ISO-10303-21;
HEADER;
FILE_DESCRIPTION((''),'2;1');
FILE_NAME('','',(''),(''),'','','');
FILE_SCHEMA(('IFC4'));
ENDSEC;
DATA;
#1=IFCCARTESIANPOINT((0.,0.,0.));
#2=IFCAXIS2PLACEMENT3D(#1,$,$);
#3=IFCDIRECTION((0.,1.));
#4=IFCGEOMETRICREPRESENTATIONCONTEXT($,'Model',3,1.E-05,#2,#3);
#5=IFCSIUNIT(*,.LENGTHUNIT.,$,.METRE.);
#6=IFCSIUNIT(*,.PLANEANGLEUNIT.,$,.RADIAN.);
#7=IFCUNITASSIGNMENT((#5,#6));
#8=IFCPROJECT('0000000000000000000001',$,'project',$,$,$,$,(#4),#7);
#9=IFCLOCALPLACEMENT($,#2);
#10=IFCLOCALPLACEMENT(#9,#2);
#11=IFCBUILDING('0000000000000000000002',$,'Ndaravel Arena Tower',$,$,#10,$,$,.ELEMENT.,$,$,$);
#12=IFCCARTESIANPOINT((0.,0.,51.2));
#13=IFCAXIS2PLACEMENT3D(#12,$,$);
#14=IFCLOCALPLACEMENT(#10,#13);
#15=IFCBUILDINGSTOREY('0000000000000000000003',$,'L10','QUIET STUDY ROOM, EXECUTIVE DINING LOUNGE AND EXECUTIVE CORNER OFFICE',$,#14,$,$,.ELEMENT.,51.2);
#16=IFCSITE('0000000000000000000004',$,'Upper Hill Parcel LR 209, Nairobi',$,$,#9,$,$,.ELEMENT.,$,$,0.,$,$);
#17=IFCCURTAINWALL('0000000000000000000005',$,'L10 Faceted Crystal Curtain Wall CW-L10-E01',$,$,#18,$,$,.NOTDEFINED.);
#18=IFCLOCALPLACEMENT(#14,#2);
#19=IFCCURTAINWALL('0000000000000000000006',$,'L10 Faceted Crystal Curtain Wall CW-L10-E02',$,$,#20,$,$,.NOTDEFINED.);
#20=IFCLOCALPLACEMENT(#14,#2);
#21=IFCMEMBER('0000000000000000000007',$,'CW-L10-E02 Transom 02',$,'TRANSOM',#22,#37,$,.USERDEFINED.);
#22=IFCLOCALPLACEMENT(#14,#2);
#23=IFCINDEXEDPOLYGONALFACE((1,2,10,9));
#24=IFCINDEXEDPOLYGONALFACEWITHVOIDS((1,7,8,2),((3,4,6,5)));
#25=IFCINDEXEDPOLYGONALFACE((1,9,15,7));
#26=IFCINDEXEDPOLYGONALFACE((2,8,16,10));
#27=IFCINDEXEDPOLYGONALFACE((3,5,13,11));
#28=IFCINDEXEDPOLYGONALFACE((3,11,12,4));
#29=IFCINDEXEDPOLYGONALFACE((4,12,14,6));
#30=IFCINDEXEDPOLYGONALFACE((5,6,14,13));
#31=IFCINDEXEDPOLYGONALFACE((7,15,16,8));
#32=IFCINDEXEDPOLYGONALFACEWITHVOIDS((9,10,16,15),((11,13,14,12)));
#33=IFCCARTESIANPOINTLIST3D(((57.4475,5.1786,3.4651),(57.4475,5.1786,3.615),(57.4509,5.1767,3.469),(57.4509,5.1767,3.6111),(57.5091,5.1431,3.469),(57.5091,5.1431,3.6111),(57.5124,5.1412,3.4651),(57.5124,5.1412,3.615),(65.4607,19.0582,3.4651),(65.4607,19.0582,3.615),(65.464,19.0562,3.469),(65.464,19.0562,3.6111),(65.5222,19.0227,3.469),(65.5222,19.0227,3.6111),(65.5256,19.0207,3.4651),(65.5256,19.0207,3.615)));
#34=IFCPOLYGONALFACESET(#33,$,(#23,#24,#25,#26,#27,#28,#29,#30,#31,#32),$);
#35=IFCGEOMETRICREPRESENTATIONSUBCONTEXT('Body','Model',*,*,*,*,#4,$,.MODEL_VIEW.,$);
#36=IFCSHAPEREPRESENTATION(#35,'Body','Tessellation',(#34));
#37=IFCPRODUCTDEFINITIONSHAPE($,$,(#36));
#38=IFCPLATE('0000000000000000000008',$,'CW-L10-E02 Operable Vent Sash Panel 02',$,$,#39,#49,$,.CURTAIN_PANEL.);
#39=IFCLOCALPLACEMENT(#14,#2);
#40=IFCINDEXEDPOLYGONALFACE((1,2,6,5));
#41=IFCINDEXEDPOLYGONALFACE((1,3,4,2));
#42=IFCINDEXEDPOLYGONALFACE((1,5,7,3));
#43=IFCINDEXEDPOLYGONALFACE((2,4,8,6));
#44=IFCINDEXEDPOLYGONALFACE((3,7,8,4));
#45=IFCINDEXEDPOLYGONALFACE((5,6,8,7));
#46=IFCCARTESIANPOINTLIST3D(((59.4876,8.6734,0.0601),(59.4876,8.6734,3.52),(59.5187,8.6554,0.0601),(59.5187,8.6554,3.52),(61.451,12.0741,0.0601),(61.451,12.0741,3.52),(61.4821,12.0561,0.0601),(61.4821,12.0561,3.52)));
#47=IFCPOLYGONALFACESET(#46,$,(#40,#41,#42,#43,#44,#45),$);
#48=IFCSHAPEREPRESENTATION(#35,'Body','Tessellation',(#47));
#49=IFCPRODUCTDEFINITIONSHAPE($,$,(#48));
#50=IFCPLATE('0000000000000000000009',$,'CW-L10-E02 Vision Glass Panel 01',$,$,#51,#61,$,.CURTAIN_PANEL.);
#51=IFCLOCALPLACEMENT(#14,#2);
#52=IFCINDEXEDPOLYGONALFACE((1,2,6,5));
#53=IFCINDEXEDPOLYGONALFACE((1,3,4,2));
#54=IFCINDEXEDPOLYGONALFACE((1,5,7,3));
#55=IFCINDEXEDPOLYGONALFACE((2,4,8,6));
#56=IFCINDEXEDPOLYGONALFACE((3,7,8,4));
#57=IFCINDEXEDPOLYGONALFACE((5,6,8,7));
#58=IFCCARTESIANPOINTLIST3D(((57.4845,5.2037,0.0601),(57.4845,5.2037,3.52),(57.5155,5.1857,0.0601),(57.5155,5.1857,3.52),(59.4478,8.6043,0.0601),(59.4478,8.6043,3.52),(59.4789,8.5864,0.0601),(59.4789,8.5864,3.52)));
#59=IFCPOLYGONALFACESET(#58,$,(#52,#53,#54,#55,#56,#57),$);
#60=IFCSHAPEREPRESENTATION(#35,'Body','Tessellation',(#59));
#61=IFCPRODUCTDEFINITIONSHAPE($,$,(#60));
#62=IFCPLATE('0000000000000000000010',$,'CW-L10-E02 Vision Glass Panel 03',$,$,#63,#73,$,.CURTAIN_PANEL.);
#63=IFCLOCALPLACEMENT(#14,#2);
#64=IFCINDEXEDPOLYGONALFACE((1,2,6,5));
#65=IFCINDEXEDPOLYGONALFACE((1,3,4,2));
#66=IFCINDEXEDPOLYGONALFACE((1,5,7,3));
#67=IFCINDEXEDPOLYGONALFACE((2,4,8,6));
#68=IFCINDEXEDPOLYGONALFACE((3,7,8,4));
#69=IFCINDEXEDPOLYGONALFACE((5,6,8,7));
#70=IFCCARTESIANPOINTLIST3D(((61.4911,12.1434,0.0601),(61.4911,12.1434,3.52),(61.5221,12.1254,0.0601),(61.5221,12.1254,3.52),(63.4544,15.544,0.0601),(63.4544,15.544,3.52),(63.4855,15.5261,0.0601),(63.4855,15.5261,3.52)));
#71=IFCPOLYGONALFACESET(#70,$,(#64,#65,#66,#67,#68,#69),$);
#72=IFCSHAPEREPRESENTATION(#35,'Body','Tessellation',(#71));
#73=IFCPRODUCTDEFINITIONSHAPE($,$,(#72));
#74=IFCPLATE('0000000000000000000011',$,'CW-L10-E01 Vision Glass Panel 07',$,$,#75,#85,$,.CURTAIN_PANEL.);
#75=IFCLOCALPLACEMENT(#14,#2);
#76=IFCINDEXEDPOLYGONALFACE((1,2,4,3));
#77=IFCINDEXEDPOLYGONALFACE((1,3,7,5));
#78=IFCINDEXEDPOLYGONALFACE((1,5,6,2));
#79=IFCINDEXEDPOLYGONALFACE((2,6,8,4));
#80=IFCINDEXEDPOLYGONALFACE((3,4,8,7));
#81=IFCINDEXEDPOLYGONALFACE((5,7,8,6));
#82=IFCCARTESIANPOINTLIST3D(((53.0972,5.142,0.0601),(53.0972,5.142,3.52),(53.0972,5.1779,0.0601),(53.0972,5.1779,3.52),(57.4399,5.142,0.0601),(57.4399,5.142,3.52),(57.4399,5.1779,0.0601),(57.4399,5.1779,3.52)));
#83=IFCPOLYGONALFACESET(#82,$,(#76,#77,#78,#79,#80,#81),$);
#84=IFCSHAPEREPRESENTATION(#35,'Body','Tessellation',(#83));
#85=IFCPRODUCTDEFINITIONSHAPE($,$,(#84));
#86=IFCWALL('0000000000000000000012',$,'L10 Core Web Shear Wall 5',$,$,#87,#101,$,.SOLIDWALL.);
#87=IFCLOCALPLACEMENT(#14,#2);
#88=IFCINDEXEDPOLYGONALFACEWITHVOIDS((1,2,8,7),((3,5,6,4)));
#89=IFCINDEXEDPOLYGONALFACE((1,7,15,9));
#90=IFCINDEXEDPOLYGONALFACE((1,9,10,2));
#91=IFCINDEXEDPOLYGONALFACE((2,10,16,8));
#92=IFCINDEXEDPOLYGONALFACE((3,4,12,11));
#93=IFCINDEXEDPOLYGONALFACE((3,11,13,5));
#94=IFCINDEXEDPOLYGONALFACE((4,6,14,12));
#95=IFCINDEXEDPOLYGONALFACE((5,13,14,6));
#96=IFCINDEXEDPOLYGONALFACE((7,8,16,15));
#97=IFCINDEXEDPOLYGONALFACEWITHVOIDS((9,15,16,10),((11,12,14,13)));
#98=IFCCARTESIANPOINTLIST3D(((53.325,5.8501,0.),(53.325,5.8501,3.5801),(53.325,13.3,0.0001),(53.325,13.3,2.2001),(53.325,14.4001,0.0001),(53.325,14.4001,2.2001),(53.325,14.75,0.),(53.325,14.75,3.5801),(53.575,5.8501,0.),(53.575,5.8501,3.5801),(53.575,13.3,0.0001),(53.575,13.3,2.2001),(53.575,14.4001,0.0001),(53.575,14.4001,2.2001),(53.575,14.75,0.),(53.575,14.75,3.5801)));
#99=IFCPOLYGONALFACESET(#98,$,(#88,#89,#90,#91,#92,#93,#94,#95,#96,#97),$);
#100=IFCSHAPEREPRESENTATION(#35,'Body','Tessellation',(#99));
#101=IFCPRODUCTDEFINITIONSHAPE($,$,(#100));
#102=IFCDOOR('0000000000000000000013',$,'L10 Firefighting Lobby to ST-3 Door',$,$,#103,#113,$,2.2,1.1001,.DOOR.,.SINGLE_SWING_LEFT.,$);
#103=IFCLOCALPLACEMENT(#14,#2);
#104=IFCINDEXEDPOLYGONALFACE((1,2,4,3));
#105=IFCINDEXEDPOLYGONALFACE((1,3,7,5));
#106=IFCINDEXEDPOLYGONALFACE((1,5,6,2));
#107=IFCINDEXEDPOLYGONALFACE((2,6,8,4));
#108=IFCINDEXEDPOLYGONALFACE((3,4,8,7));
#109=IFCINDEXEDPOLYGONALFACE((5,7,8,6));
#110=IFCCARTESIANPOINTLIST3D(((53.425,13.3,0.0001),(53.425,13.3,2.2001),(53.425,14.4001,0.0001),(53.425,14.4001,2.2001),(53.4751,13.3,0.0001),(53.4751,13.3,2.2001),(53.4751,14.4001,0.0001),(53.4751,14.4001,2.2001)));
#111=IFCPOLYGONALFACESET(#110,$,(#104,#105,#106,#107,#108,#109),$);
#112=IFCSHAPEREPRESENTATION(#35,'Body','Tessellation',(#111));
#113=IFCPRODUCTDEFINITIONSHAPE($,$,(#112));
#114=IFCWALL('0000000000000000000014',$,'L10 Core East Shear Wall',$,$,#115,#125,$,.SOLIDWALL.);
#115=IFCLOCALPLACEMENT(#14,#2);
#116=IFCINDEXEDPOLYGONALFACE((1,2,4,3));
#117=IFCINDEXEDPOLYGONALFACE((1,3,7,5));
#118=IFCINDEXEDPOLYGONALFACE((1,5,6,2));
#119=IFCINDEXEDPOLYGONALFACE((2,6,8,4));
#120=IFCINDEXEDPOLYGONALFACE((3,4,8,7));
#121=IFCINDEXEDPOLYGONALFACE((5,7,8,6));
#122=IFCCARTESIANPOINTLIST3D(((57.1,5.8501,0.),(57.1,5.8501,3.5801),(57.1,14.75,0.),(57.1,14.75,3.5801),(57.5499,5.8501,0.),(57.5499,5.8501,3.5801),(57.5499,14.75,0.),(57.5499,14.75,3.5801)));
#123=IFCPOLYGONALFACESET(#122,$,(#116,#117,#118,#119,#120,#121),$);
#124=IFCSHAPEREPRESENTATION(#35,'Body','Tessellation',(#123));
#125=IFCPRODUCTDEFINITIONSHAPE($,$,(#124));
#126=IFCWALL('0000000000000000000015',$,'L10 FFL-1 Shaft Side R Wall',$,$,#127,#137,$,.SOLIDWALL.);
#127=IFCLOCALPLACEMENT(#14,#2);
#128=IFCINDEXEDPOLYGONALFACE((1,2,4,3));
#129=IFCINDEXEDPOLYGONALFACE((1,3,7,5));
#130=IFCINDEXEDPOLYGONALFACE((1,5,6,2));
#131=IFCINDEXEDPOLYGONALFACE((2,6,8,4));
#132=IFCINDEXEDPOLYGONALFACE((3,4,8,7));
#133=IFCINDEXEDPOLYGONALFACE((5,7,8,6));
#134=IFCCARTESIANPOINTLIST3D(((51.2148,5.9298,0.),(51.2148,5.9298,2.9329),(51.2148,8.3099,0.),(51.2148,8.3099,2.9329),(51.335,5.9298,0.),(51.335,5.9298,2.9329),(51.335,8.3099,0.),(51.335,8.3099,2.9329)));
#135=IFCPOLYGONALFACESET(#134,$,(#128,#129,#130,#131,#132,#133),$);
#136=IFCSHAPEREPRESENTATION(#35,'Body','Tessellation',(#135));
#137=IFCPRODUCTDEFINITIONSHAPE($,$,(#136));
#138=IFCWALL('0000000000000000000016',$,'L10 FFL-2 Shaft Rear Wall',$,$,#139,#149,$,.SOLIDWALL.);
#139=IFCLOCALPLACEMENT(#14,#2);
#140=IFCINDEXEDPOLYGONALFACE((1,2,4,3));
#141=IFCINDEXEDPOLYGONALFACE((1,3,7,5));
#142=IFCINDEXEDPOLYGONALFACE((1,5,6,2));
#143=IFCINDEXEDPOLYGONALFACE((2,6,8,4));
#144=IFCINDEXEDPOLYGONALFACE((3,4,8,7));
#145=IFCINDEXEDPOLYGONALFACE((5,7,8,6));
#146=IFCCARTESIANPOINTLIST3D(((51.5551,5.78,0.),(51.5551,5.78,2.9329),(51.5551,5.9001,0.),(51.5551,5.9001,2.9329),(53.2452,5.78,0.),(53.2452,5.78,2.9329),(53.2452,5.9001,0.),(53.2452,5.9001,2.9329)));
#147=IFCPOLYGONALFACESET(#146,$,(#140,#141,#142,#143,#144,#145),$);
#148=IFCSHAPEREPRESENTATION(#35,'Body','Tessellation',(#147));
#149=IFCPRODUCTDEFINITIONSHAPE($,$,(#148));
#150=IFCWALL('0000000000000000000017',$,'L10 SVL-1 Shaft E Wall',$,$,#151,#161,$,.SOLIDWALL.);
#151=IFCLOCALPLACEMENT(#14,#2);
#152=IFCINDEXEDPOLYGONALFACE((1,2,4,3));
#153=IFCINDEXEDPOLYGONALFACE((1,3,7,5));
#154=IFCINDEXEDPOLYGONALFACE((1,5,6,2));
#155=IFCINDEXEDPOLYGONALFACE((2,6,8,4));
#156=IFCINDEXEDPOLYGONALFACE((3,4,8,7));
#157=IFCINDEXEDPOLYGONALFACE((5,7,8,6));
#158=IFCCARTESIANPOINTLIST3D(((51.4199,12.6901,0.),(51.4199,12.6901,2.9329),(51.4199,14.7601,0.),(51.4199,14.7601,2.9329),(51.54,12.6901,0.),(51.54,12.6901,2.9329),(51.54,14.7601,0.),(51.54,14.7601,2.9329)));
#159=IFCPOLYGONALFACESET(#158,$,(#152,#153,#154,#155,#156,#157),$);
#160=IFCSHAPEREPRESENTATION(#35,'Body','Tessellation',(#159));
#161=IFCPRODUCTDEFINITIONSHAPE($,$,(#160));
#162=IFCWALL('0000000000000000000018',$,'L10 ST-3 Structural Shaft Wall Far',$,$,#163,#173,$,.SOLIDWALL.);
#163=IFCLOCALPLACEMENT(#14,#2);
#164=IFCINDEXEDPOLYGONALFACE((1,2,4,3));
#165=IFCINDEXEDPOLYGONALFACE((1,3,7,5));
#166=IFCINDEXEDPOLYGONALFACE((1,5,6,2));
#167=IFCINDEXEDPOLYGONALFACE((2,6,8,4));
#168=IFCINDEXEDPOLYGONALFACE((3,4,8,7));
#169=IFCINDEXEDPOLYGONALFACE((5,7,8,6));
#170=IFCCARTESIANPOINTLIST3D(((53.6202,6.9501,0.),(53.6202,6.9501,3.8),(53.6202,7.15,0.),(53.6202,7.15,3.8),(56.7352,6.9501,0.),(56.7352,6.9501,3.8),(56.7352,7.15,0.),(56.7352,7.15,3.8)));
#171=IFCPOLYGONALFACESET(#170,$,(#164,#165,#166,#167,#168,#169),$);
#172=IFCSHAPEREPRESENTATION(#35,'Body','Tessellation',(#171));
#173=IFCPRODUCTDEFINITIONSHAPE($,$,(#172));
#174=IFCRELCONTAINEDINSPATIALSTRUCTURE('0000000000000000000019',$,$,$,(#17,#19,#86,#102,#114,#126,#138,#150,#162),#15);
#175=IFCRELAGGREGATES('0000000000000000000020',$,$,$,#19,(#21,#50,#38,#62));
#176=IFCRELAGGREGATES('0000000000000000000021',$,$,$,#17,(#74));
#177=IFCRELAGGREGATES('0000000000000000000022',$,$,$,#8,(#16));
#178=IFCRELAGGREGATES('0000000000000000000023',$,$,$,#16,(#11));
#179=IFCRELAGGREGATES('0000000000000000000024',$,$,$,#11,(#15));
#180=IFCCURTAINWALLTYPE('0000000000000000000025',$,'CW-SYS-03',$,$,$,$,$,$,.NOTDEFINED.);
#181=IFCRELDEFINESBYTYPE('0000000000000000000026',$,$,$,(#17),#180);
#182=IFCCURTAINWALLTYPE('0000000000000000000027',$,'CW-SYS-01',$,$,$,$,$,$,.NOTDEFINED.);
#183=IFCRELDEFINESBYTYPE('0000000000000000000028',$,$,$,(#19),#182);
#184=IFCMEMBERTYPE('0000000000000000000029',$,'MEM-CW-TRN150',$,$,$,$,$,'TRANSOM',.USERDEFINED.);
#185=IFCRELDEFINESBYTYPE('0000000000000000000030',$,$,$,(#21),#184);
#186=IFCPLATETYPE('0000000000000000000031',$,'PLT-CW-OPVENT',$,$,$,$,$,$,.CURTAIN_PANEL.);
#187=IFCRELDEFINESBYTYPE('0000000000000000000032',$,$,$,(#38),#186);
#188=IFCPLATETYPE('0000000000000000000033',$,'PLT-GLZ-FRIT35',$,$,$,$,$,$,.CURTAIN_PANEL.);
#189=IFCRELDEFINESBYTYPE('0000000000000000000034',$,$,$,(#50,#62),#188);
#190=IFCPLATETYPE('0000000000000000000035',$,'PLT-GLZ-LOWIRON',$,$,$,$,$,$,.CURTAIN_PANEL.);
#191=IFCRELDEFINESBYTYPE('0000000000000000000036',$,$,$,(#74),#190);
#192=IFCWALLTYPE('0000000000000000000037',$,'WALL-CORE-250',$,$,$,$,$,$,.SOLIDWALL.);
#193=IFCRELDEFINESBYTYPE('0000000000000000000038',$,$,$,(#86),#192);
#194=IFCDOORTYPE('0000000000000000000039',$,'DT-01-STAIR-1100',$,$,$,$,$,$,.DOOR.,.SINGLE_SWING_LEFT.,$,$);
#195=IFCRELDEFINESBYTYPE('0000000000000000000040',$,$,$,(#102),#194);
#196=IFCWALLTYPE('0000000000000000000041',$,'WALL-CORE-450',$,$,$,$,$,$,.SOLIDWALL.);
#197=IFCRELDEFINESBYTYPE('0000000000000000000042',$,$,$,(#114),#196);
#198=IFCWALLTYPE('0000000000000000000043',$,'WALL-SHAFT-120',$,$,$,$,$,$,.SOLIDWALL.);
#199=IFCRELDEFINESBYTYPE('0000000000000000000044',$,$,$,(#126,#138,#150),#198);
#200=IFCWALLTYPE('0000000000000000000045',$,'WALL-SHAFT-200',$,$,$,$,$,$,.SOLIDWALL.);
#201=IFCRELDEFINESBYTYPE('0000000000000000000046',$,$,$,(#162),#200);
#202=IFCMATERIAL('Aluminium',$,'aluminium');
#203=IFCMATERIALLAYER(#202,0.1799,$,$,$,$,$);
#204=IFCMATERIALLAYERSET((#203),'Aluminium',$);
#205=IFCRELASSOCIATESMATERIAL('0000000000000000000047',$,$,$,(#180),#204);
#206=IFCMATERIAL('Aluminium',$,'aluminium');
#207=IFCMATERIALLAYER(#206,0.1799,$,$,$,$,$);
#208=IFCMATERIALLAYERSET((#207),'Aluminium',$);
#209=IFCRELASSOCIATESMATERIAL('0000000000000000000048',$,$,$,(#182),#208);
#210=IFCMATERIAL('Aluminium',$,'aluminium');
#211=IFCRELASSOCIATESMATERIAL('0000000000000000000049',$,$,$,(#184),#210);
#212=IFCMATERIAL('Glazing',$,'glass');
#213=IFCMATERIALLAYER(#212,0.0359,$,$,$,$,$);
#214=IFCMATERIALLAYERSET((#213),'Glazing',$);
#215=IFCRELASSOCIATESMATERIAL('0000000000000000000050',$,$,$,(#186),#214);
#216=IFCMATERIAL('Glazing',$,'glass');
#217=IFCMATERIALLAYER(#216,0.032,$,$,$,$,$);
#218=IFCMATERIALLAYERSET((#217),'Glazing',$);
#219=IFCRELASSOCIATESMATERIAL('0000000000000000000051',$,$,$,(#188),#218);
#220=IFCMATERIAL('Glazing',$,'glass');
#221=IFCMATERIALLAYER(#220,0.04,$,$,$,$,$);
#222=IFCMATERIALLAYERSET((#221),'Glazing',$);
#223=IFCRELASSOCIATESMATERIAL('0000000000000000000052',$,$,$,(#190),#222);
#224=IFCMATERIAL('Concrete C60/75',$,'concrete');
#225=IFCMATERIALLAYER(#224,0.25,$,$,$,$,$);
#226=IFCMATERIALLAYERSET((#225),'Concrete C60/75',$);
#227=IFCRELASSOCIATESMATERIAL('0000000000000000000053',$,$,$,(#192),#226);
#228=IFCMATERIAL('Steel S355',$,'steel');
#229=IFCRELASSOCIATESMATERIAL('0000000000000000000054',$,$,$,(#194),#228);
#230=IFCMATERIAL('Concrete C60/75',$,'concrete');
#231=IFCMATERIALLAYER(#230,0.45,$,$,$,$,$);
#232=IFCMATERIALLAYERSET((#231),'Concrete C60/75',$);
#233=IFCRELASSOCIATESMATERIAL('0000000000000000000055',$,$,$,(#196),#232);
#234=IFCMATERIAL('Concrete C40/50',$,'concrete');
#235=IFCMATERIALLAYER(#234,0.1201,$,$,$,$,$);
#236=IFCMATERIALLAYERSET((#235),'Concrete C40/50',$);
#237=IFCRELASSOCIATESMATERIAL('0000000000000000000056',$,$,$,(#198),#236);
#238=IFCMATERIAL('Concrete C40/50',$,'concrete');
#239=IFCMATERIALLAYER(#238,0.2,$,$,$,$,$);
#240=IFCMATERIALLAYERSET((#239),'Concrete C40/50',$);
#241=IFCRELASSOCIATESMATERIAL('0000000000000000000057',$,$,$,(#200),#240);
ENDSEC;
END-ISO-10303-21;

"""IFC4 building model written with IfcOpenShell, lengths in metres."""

from ifc_helpers import new_model, si_unit, direction, frame, frame_2d, origin, origin_2d, place, context, subcontext, project, spatial, rectangle, hollow_rectangle, extrude, material, layer, layer_set, material_profile, profile_set, type_object, element, fill, aggregate, save


model = new_model("IFC4")

# Units and contexts
model_context = context("Model", 3, precision=1e-05, world=origin(), true_north=direction((0.0, 1.0)))
body_context = subcontext(model_context, "Body", "Model", "MODEL_VIEW")
ifc_project = project(units=[si_unit("LENGTHUNIT", "METRE"), si_unit("PLANEANGLEUNIT", "RADIAN")], contexts=[model_context])

# Site, building, storey
site_placement = place(None, origin())
site = spatial("IfcSite", under=ifc_project, at=site_placement, Name="Upper Hill Parcel LR 209, Nairobi", CompositionType="ELEMENT", RefElevation=0.0)
building_placement = place(site_placement, origin())
building = spatial("IfcBuilding", under=site, at=building_placement, Name="Ndaravel Arena Tower", CompositionType="ELEMENT")
storey_placement = place(building_placement, frame((0.0, 0.0, 51.2)))
storey = spatial("IfcBuildingStorey", under=building, at=storey_placement, Name="L10", Description="QUIET STUDY ROOM, EXECUTIVE DINING LOUNGE AND EXECUTIVE CORNER OFFICE", CompositionType="ELEMENT", Elevation=51.2)

# Curtain wall
ifc_material_1 = material(Name="Aluminium", Category="aluminium")
ifc_layer_1 = layer(ifc_material_1, 0.1799)
ifc_layer_set_1 = layer_set([ifc_layer_1], Name="Aluminium")
curtain_wall_type_1 = type_object("IfcCurtainWallType", Name="CW-SYS-03", PredefinedType="NOTDEFINED", material=ifc_layer_set_1)
curtain_wall_1_placement = place(storey_placement, origin())
curtain_wall_1 = element("IfcCurtainWall", 1, at=curtain_wall_1_placement, inside=storey, type_object=curtain_wall_type_1, Name="L10 Faceted Crystal Curtain Wall CW-L10-E01", PredefinedType="NOTDEFINED")

# Curtain wall, member, plates
ifc_material_2 = material(Name="Aluminium", Category="aluminium")
ifc_layer_2 = layer(ifc_material_2, 0.1799)
ifc_layer_set_2 = layer_set([ifc_layer_2], Name="Aluminium")
curtain_wall_type_2 = type_object("IfcCurtainWallType", Name="CW-SYS-01", PredefinedType="NOTDEFINED", material=ifc_layer_set_2)
curtain_wall_2_placement = place(storey_placement, origin())
curtain_wall_2 = element("IfcCurtainWall", 2, at=curtain_wall_2_placement, inside=storey, type_object=curtain_wall_type_2, Name="L10 Faceted Crystal Curtain Wall CW-L10-E02", PredefinedType="NOTDEFINED")
ifc_material_3 = material(Name="Aluminium", Category="aluminium")
ifc_material_profile_1 = material_profile(ifc_material_3, hollow_rectangle(XDim=0.075, YDim=0.1499, WallThickness=0.0039, at=origin_2d()), Name="CW TRANSOM 75x150x4")
ifc_profile_set_1 = profile_set([ifc_material_profile_1], Name="Aluminium")
member_type_1 = type_object("IfcMemberType", Name="MEM-CW-TRN150", ElementType="TRANSOM", PredefinedType="USERDEFINED", material=ifc_profile_set_1)
member_1_placement = place(storey_placement, frame((57.48, 5.1599, 3.54), z_axis=(0.499989, 0.866032, 0.0), x_axis=(-0.866032, 0.499989, 0.0)))
member_1 = element("IfcMember", 3, at=member_1_placement, type_object=member_type_1, Name="CW-L10-E02 Transom 02", ObjectType="TRANSOM", PredefinedType="USERDEFINED", context=body_context, shape_type="SweptSolid", body=[
    extrude(hollow_rectangle(XDim=0.075, YDim=0.1499, WallThickness=0.0039, at=origin_2d()), origin(), (0.0, 0.0, 1.0), 16.0266),
])
ifc_material_4 = material(Name="Glazing", Category="glass")
ifc_layer_3 = layer(ifc_material_4, 0.0359)
ifc_layer_set_3 = layer_set([ifc_layer_3], Name="Glazing")
plate_type_1 = type_object("IfcPlateType", Name="PLT-CW-OPVENT", PredefinedType="CURTAIN_PANEL", material=ifc_layer_set_3)
plate_1_placement = place(storey_placement, frame((60.4849, 10.3647, 0.0601), z_axis=(0.0, 0.0, 1.0), x_axis=(0.5, 0.866025, 0.0)))
plate_1 = element("IfcPlate", 4, at=plate_1_placement, type_object=plate_type_1, Name="CW-L10-E02 Operable Vent Sash Panel 02", PredefinedType="CURTAIN_PANEL", context=body_context, shape_type="SweptSolid", body=[
    extrude(rectangle(XDim=3.9268, YDim=0.0359, at=origin_2d()), origin(), (0.0, 0.0, 1.0), 3.46),
])
ifc_material_5 = material(Name="Glazing", Category="glass")
ifc_layer_4 = layer(ifc_material_5, 0.032)
ifc_layer_set_4 = layer_set([ifc_layer_4], Name="Glazing")
plate_type_2 = type_object("IfcPlateType", Name="PLT-GLZ-FRIT35", PredefinedType="CURTAIN_PANEL", material=ifc_layer_set_4)
plate_2_placement = place(storey_placement, frame((58.4817, 6.895, 0.0601), z_axis=(0.0, 0.0, 1.0), x_axis=(0.5, 0.866025, 0.0)))
plate_2 = element("IfcPlate", 5, at=plate_2_placement, type_object=plate_type_2, Name="CW-L10-E02 Vision Glass Panel 01", PredefinedType="CURTAIN_PANEL", context=body_context, shape_type="SweptSolid", body=[
    extrude(rectangle(XDim=3.9268, YDim=0.0359, at=origin_2d()), origin(), (0.0, 0.0, 1.0), 3.46),
])
plate_3_placement = place(storey_placement, frame((62.4883, 13.8347, 0.0601), z_axis=(0.0, 0.0, 1.0), x_axis=(0.5, 0.866025, 0.0)))
plate_3 = element("IfcPlate", 6, at=plate_3_placement, type_object=plate_type_2, Name="CW-L10-E02 Vision Glass Panel 03", PredefinedType="CURTAIN_PANEL", context=body_context, shape_type="SweptSolid", body=[
    extrude(rectangle(XDim=3.9268, YDim=0.0359, at=origin_2d()), origin(), (0.0, 0.0, 1.0), 3.46),
])
aggregate(curtain_wall_2, [member_1, plate_2, plate_1, plate_3])

# Plate
ifc_material_6 = material(Name="Glazing", Category="glass")
ifc_layer_5 = layer(ifc_material_6, 0.04)
ifc_layer_set_5 = layer_set([ifc_layer_5], Name="Glazing")
plate_type_3 = type_object("IfcPlateType", Name="PLT-GLZ-LOWIRON", PredefinedType="CURTAIN_PANEL", material=ifc_layer_set_5)
plate_4_placement = place(storey_placement, frame((55.2686, 5.1599, 0.0601), z_axis=(0.0, 0.0, 1.0), x_axis=(1.0, 0.0, 0.0)))
plate_4 = element("IfcPlate", 7, at=plate_4_placement, type_object=plate_type_3, Name="CW-L10-E01 Vision Glass Panel 07", PredefinedType="CURTAIN_PANEL", context=body_context, shape_type="SweptSolid", body=[
    extrude(rectangle(XDim=4.3428, YDim=0.0359, at=origin_2d()), origin(), (0.0, 0.0, 1.0), 3.46),
])
aggregate(curtain_wall_1, [plate_4])

# Wall, opening, door
ifc_material_7 = material(Name="Concrete C60/75", Category="concrete")
ifc_layer_6 = layer(ifc_material_7, 0.25)
ifc_layer_set_6 = layer_set([ifc_layer_6], Name="Concrete C60/75")
wall_type_1 = type_object("IfcWallType", Name="WALL-CORE-250", PredefinedType="SOLIDWALL", material=ifc_layer_set_6)
wall_1_placement = place(storey_placement, frame((53.45, 5.8501, 0.0), z_axis=(0.0, 0.0, 1.0), x_axis=(0.0, 1.0, 0.0)))
wall_1 = element("IfcWall", 8, at=wall_1_placement, inside=storey, type_object=wall_type_1, Name="L10 Core Web Shear Wall 5", PredefinedType="SOLIDWALL", context=body_context, shape_type="SweptSolid", body=[
    extrude(rectangle(XDim=8.8999, YDim=0.25, at=frame_2d((4.45, 0.0))), origin(), (0.0, 0.0, 1.0), 3.5801),
])
opening_1_placement = place(wall_1_placement, frame((7.45, 0.0, 0.0)))
opening_1 = element("IfcOpeningElement", 9, at=opening_1_placement, cuts=wall_1, PredefinedType="OPENING", context=body_context, shape_type="SweptSolid", body=[
    extrude(rectangle(XDim=1.1001, YDim=2.2, at=frame_2d((0.55, 1.1001))), frame((0.0, 0.125, 0.0), z_axis=(0.0, -1.0, 0.0), x_axis=(1.0, 0.0, 0.0)), (0.0, 0.0, 1.0), 0.25),
])
ifc_material_8 = material(Name="Steel S355", Category="steel")
door_type_1 = type_object("IfcDoorType", Name="DT-01-STAIR-1100", OperationType="SINGLE_SWING_LEFT", PredefinedType="DOOR", material=ifc_material_8)
door_1_placement = place(opening_1_placement, origin())
door_1 = element("IfcDoor", 10, at=door_1_placement, inside=storey, type_object=door_type_1, Name="L10 Firefighting Lobby to ST-3 Door", OperationType="SINGLE_SWING_LEFT", OverallHeight=2.2, OverallWidth=1.1001, PredefinedType="DOOR", context=body_context, shape_type="SweptSolid", body=[
    extrude(rectangle(XDim=1.1001, YDim=2.2, at=frame_2d((0.55, 1.1001))), frame((0.0, 0.0249, 0.0), z_axis=(0.0, -1.0, 0.0), x_axis=(1.0, 0.0, 0.0)), (0.0, 0.0, 1.0), 0.05),
])
fill(opening_1, door_1)

# Walls
ifc_material_9 = material(Name="Concrete C60/75", Category="concrete")
ifc_layer_7 = layer(ifc_material_9, 0.45)
ifc_layer_set_7 = layer_set([ifc_layer_7], Name="Concrete C60/75")
wall_type_2 = type_object("IfcWallType", Name="WALL-CORE-450", PredefinedType="SOLIDWALL", material=ifc_layer_set_7)
wall_2_placement = place(storey_placement, frame((57.325, 5.8501, 0.0), z_axis=(0.0, 0.0, 1.0), x_axis=(0.0, 1.0, 0.0)))
element("IfcWall", 11, at=wall_2_placement, inside=storey, type_object=wall_type_2, Name="L10 Core East Shear Wall", PredefinedType="SOLIDWALL", context=body_context, shape_type="SweptSolid", body=[
    extrude(rectangle(XDim=8.8999, YDim=0.45, at=frame_2d((4.45, 0.0))), origin(), (0.0, 0.0, 1.0), 3.5801),
])
ifc_material_10 = material(Name="Concrete C40/50", Category="concrete")
ifc_layer_8 = layer(ifc_material_10, 0.1201)
ifc_layer_set_8 = layer_set([ifc_layer_8], Name="Concrete C40/50")
wall_type_3 = type_object("IfcWallType", Name="WALL-SHAFT-120", PredefinedType="SOLIDWALL", material=ifc_layer_set_8)
wall_3_placement = place(storey_placement, frame((51.2749, 5.9299, 0.0), z_axis=(0.0, 0.0, 1.0), x_axis=(0.0, 1.0, 0.0)))
element("IfcWall", 12, at=wall_3_placement, inside=storey, type_object=wall_type_3, Name="L10 FFL-1 Shaft Side R Wall", PredefinedType="SOLIDWALL", context=body_context, shape_type="SweptSolid", body=[
    extrude(rectangle(XDim=2.3801, YDim=0.1201, at=frame_2d((1.1899, 0.0))), origin(), (0.0, 0.0, 1.0), 2.9329),
])
wall_4_placement = place(storey_placement, frame((51.5549, 5.8401, 0.0), z_axis=(0.0, 0.0, 1.0), x_axis=(1.0, 0.0, 0.0)))
element("IfcWall", 13, at=wall_4_placement, inside=storey, type_object=wall_type_3, Name="L10 FFL-2 Shaft Rear Wall", PredefinedType="SOLIDWALL", context=body_context, shape_type="SweptSolid", body=[
    extrude(rectangle(XDim=1.6902, YDim=0.1201, at=frame_2d((0.8452, 0.0))), origin(), (0.0, 0.0, 1.0), 2.9329),
])
wall_5_placement = place(storey_placement, frame((51.48, 12.6899, 0.0), z_axis=(0.0, 0.0, 1.0), x_axis=(0.0, 1.0, 0.0)))
element("IfcWall", 14, at=wall_5_placement, inside=storey, type_object=wall_type_3, Name="L10 SVL-1 Shaft E Wall", PredefinedType="SOLIDWALL", context=body_context, shape_type="SweptSolid", body=[
    extrude(rectangle(XDim=2.0701, YDim=0.1201, at=frame_2d((1.0352, 0.0))), origin(), (0.0, 0.0, 1.0), 2.9329),
])
ifc_material_11 = material(Name="Concrete C40/50", Category="concrete")
ifc_layer_9 = layer(ifc_material_11, 0.2)
ifc_layer_set_9 = layer_set([ifc_layer_9], Name="Concrete C40/50")
wall_type_4 = type_object("IfcWallType", Name="WALL-SHAFT-200", PredefinedType="SOLIDWALL", material=ifc_layer_set_9)
wall_6_placement = place(storey_placement, frame((53.6201, 7.05, 0.0), z_axis=(0.0, 0.0, 1.0), x_axis=(1.0, 0.0, 0.0)))
element("IfcWall", 15, at=wall_6_placement, inside=storey, type_object=wall_type_4, Name="L10 ST-3 Structural Shaft Wall Far", PredefinedType="SOLIDWALL", context=body_context, shape_type="SweptSolid", body=[
    extrude(rectangle(XDim=3.115, YDim=0.2, at=frame_2d((1.5576, 0.0))), origin(), (0.0, 0.0, 1.0), 3.8),
])

save(model, "model.ifc")
